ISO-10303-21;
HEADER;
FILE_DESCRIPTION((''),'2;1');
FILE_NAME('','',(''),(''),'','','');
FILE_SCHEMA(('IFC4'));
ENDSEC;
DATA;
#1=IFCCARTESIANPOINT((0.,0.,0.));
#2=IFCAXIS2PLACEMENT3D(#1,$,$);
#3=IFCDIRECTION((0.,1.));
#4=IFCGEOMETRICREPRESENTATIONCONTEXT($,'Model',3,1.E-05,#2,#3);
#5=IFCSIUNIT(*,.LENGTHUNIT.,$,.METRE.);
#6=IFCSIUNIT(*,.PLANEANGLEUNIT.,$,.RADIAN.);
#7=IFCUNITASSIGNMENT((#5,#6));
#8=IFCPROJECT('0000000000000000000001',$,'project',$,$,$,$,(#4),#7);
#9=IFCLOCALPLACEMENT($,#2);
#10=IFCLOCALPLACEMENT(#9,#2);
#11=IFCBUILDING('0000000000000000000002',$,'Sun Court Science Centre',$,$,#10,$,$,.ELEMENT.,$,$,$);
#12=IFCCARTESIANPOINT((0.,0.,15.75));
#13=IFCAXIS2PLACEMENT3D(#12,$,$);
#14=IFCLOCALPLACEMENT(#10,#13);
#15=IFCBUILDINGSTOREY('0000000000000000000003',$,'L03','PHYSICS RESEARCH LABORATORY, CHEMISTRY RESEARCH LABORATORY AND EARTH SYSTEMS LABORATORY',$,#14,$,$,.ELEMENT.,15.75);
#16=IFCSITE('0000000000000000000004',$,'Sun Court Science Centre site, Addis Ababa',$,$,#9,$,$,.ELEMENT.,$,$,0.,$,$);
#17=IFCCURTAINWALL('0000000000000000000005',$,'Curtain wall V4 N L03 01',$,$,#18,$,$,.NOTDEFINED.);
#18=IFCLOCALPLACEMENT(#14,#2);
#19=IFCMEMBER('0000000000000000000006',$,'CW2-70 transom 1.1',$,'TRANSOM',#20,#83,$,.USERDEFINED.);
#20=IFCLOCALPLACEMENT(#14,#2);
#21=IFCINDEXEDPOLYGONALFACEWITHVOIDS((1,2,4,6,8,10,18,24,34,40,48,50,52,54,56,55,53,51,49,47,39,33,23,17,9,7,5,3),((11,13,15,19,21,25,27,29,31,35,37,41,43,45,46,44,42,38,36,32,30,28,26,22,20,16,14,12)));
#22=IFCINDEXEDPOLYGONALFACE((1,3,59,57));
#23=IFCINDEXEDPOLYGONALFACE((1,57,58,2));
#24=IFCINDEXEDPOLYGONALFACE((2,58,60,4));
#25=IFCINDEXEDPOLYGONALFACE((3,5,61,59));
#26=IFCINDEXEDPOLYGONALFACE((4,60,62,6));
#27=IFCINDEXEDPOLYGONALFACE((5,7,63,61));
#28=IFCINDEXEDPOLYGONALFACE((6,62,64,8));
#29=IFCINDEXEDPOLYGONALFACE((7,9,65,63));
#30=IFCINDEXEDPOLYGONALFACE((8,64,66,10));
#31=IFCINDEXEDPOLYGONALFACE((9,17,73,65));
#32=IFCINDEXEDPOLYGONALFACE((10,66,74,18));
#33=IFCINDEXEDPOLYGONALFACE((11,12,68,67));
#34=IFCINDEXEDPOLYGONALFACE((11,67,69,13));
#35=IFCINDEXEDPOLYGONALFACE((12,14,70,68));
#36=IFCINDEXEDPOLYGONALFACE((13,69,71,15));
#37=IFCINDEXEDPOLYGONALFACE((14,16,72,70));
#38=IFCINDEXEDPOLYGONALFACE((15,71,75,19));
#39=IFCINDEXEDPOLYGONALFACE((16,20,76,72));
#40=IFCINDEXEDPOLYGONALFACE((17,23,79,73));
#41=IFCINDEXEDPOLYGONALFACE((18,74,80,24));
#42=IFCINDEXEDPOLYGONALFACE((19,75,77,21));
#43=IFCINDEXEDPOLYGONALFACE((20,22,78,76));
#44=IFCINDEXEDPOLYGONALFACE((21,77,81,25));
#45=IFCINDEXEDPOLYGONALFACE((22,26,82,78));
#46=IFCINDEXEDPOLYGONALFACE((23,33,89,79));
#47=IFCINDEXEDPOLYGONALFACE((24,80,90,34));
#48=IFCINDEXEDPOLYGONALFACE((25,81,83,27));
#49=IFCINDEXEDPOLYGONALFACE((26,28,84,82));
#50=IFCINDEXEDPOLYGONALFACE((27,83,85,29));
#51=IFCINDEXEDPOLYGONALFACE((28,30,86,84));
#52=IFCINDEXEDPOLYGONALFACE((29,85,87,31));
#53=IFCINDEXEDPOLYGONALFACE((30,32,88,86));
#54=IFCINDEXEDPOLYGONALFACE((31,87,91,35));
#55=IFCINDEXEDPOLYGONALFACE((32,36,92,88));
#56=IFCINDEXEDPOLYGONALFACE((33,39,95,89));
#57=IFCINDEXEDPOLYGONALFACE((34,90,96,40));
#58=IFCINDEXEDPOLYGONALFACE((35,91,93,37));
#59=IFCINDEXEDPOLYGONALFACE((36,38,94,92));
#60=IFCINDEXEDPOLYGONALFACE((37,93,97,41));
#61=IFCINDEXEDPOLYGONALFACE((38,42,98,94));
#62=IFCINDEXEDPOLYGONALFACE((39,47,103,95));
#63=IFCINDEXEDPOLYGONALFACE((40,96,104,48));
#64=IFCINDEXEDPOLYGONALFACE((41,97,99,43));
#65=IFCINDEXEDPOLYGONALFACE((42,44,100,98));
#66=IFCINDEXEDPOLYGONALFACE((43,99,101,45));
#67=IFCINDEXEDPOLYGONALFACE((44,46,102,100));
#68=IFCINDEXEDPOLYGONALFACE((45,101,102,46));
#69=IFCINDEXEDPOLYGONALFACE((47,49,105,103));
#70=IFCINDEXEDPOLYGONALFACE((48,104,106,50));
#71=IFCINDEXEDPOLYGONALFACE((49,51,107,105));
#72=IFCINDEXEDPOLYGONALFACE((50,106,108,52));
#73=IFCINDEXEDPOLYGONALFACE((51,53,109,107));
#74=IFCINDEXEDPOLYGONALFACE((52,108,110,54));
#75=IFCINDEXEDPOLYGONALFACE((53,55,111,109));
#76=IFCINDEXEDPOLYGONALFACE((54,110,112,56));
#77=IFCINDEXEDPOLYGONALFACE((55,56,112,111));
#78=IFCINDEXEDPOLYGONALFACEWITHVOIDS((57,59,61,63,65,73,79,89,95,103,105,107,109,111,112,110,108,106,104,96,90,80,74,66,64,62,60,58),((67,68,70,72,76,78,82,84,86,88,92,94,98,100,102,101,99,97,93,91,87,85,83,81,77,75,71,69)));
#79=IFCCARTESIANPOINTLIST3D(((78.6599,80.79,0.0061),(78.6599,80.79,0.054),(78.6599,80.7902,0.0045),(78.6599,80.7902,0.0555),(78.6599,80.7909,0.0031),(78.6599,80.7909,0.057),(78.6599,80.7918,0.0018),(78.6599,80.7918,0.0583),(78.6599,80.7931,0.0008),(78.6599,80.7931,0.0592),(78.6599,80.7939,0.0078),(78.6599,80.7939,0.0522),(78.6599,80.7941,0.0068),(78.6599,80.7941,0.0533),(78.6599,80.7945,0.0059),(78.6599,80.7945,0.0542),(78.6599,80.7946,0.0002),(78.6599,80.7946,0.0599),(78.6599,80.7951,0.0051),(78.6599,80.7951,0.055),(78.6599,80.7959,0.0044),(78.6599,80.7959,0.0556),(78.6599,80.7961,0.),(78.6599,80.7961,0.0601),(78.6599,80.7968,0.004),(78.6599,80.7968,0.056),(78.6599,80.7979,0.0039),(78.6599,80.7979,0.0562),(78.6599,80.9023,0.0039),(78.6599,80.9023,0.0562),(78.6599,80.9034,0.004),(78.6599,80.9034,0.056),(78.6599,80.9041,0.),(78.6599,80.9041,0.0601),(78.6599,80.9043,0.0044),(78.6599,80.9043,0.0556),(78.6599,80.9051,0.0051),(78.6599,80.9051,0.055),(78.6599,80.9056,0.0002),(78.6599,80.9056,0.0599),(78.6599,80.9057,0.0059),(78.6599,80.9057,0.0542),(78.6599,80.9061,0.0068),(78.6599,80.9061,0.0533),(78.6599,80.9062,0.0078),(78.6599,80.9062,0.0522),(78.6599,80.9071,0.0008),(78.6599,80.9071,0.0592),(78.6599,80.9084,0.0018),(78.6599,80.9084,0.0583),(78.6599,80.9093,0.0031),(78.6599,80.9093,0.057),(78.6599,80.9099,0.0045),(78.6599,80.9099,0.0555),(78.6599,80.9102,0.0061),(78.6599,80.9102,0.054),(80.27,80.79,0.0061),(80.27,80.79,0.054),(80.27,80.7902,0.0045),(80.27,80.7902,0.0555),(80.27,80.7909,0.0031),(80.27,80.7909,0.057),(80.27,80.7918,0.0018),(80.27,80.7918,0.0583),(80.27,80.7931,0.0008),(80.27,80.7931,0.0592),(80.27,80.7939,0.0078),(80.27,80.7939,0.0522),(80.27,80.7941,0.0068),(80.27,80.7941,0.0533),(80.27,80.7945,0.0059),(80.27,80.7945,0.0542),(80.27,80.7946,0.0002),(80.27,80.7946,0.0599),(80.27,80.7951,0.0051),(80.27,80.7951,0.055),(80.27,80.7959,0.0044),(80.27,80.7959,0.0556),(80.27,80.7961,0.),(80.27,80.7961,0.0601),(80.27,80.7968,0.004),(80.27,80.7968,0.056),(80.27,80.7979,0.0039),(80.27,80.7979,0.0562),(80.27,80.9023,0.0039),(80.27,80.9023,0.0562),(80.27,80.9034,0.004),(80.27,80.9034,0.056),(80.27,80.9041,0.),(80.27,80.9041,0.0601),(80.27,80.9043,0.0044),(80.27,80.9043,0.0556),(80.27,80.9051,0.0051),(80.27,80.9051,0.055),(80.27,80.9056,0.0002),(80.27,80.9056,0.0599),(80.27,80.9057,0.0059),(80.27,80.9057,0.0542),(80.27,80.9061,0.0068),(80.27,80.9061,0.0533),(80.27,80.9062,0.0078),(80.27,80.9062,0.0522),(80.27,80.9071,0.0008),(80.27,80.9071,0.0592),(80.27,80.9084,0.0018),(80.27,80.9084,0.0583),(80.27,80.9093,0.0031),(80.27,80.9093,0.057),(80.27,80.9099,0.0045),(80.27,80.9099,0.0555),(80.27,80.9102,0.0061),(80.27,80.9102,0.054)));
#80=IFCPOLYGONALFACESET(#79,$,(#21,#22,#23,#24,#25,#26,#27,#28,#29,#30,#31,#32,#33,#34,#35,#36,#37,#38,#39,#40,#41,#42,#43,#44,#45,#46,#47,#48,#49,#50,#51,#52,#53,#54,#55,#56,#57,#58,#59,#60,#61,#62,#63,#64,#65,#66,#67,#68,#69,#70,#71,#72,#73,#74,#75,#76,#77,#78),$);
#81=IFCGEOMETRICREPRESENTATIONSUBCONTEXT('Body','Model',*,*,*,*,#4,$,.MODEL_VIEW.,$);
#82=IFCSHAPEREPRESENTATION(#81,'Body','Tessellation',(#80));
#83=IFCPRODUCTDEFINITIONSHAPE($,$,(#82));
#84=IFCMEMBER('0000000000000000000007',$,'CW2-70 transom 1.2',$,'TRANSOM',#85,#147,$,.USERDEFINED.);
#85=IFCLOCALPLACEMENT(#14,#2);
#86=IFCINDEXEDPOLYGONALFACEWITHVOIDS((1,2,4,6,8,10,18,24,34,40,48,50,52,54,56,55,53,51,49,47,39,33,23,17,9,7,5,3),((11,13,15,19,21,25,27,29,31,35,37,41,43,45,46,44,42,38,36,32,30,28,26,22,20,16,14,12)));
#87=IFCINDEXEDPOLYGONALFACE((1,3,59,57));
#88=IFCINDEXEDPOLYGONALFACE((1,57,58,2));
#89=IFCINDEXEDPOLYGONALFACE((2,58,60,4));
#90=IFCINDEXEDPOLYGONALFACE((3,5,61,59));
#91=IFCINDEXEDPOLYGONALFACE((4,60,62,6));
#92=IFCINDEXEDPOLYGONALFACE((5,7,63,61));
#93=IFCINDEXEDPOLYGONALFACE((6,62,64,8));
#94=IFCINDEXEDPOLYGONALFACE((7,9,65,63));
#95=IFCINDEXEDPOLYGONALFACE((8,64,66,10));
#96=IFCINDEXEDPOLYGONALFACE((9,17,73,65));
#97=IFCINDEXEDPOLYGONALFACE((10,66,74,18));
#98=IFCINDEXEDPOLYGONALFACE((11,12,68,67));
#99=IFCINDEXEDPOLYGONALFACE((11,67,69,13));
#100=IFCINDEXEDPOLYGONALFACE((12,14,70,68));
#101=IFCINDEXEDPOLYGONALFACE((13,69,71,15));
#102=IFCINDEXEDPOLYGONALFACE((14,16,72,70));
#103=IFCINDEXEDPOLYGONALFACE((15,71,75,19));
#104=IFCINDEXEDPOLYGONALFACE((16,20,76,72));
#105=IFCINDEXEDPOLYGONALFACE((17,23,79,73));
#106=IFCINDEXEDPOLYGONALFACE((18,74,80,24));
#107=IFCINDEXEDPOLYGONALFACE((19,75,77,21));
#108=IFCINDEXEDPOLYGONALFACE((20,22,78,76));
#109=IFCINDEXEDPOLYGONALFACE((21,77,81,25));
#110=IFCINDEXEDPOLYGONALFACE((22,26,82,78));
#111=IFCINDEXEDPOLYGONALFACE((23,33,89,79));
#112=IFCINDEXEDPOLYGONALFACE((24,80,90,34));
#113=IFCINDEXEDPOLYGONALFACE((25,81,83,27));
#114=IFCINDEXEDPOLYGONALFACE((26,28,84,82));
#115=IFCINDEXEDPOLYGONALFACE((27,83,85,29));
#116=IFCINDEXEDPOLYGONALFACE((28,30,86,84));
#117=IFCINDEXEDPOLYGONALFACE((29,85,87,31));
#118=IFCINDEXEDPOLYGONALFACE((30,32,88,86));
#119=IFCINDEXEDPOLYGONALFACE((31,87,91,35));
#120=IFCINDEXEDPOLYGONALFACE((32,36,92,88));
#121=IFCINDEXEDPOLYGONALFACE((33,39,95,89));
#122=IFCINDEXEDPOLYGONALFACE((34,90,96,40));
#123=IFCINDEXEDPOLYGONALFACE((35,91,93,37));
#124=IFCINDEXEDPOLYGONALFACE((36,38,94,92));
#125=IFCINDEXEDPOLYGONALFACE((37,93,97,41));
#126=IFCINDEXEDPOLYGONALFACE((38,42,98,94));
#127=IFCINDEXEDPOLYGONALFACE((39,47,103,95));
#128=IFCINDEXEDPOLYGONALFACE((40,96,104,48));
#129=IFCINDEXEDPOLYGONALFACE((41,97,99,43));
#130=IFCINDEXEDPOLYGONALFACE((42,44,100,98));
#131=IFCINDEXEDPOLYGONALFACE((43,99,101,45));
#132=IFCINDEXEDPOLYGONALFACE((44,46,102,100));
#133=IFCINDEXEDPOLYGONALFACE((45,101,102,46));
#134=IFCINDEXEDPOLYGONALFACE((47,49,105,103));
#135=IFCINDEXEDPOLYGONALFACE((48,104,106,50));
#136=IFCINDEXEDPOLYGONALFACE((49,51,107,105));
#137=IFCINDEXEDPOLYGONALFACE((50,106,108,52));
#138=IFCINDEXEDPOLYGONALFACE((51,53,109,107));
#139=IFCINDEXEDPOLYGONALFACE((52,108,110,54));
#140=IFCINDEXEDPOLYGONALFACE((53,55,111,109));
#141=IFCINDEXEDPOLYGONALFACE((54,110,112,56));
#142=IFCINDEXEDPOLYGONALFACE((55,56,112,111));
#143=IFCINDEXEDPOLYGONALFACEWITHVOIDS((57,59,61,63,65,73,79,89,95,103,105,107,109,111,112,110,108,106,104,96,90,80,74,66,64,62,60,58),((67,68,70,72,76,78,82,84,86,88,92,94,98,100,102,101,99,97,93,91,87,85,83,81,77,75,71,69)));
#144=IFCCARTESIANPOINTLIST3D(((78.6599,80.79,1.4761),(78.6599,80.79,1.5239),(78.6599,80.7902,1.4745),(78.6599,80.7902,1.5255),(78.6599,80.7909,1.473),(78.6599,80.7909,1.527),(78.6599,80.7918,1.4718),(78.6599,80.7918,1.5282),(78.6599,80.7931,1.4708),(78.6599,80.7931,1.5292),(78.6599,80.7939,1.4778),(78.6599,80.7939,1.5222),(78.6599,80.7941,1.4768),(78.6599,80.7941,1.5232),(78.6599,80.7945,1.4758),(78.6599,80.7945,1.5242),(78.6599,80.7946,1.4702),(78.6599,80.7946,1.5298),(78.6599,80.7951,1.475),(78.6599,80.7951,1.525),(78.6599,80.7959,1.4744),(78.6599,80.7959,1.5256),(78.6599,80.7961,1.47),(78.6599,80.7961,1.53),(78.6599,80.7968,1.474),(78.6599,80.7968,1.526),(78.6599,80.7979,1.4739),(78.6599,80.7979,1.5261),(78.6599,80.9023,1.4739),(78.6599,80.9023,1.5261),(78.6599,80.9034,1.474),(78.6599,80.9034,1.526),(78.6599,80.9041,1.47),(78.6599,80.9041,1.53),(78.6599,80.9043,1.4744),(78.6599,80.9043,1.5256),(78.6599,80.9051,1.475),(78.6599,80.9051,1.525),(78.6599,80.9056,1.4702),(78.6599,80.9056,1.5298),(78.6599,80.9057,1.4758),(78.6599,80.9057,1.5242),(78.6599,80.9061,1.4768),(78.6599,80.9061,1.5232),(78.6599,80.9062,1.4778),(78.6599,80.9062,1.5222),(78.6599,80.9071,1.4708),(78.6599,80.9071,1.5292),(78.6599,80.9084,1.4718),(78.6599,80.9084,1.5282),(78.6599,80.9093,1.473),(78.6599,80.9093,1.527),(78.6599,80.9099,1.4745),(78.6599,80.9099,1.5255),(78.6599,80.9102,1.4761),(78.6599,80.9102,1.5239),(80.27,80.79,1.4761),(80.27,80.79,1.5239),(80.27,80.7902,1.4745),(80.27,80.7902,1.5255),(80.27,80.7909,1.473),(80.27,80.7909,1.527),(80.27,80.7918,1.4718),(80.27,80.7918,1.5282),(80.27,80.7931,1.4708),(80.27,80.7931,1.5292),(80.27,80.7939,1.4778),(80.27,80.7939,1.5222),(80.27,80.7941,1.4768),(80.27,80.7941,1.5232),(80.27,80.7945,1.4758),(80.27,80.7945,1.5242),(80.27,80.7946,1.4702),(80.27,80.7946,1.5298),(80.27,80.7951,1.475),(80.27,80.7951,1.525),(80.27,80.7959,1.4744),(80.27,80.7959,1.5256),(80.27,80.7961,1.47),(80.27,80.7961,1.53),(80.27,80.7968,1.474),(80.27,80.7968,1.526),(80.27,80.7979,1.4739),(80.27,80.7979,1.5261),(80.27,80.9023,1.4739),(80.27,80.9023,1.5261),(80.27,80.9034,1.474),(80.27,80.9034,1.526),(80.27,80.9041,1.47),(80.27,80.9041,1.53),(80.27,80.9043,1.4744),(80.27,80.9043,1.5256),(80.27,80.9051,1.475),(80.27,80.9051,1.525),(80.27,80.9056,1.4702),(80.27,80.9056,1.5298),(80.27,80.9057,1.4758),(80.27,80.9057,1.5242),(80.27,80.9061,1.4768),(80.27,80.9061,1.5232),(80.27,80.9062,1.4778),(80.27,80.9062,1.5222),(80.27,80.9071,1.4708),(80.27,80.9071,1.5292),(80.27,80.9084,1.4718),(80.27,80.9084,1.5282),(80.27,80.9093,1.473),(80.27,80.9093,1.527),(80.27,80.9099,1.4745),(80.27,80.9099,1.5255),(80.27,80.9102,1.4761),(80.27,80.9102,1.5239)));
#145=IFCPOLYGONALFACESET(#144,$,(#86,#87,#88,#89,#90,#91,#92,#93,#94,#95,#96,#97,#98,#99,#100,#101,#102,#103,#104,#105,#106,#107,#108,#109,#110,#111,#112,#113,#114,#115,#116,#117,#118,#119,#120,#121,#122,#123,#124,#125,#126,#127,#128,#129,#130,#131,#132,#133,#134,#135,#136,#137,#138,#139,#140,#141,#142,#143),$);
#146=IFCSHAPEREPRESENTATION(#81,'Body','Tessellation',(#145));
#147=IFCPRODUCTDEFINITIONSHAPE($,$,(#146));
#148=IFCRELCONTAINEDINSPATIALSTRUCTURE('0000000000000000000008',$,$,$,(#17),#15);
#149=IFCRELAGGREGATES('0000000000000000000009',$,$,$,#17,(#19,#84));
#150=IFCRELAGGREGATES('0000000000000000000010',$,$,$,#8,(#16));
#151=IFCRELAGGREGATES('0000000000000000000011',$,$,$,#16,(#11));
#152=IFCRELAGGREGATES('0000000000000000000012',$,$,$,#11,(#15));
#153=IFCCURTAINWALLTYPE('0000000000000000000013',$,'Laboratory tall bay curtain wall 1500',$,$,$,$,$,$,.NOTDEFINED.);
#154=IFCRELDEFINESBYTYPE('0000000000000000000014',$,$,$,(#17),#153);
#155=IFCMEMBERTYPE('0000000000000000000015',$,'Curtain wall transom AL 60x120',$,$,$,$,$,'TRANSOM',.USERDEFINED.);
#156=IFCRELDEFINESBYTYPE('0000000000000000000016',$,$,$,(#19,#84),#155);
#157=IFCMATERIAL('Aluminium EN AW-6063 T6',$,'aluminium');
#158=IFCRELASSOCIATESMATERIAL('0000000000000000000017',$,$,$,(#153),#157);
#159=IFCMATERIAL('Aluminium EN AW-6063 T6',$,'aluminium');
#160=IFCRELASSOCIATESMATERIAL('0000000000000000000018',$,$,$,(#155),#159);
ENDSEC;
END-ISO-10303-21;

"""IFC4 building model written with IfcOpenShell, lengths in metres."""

from ifc_helpers import new_model, si_unit, direction, frame, origin, origin_2d, place, context, subcontext, project, spatial, hollow_rectangle, extrude, material, material_profile, profile_set, type_object, element, aggregate, save


model = new_model("IFC4")

# Units and contexts
model_context = context("Model", 3, precision=1e-05, world=origin(), true_north=direction((0.0, 1.0)))
body_context = subcontext(model_context, "Body", "Model", "MODEL_VIEW")
ifc_project = project(units=[si_unit("LENGTHUNIT", "METRE"), si_unit("PLANEANGLEUNIT", "RADIAN")], contexts=[model_context])

# Site, building, storey
site_placement = place(None, origin())
site = spatial("IfcSite", under=ifc_project, at=site_placement, Name="Sun Court Science Centre site, Addis Ababa", CompositionType="ELEMENT", RefElevation=0.0)
building_placement = place(site_placement, origin())
building = spatial("IfcBuilding", under=site, at=building_placement, Name="Sun Court Science Centre", CompositionType="ELEMENT")
storey_placement = place(building_placement, frame((0.0, 0.0, 15.75)))
storey = spatial("IfcBuildingStorey", under=building, at=storey_placement, Name="L03", Description="PHYSICS RESEARCH LABORATORY, CHEMISTRY RESEARCH LABORATORY AND EARTH SYSTEMS LABORATORY", CompositionType="ELEMENT", Elevation=15.75)

# Shared definitions
ifc_material_1 = material(Name="Aluminium EN AW-6063 T6", Category="aluminium")
curtain_wall_type = type_object("IfcCurtainWallType", Name="Laboratory tall bay curtain wall 1500", PredefinedType="NOTDEFINED", material=ifc_material_1)

# Curtain wall
curtain_wall_1_placement = place(storey_placement, origin())
curtain_wall_1 = element("IfcCurtainWall", 1, at=curtain_wall_1_placement, inside=storey, type_object=curtain_wall_type, Name="Curtain wall V4 N L03 01", PredefinedType="NOTDEFINED")

# Members
ifc_material_2 = material(Name="Aluminium EN AW-6063 T6", Category="aluminium")
ifc_material_profile_1 = material_profile(ifc_material_2, hollow_rectangle(XDim=0.0601, YDim=0.1201, WallThickness=0.0039, InnerFilletRadius=0.0039, OuterFilletRadius=0.0061, at=origin_2d()), Name="AL 60x120x4")
ifc_profile_set_1 = profile_set([ifc_material_profile_1], Name="Aluminium EN AW-6063 T6")
member_type_1 = type_object("IfcMemberType", Name="Curtain wall transom AL 60x120", ElementType="TRANSOM", PredefinedType="USERDEFINED", material=ifc_profile_set_1)
member_1_placement = place(storey_placement, frame((78.6599, 80.8501, 0.03), z_axis=(1.0, 0.0, 0.0), x_axis=(0.0, 0.0, 1.0)))
member_1 = element("IfcMember", 2, at=member_1_placement, type_object=member_type_1, Name="CW2-70 transom 1.1", ObjectType="TRANSOM", PredefinedType="USERDEFINED", context=body_context, shape_type="SweptSolid", body=[
    extrude(hollow_rectangle(XDim=0.0601, YDim=0.1201, WallThickness=0.0039, InnerFilletRadius=0.0039, OuterFilletRadius=0.0061, at=origin_2d()), origin(), (0.0, 0.0, 1.0), 1.6101),
])
member_2_placement = place(storey_placement, frame((78.6599, 80.8501, 1.5), z_axis=(1.0, 0.0, 0.0), x_axis=(0.0, 0.0, 1.0)))
member_2 = element("IfcMember", 3, at=member_2_placement, type_object=member_type_1, Name="CW2-70 transom 1.2", ObjectType="TRANSOM", PredefinedType="USERDEFINED", context=body_context, shape_type="SweptSolid", body=[
    extrude(hollow_rectangle(XDim=0.0601, YDim=0.1201, WallThickness=0.0039, InnerFilletRadius=0.0039, OuterFilletRadius=0.0061, at=origin_2d()), origin(), (0.0, 0.0, 1.0), 1.6101),
])

aggregate(curtain_wall_1, [member_1, member_2])

save(model, "model.ifc")
